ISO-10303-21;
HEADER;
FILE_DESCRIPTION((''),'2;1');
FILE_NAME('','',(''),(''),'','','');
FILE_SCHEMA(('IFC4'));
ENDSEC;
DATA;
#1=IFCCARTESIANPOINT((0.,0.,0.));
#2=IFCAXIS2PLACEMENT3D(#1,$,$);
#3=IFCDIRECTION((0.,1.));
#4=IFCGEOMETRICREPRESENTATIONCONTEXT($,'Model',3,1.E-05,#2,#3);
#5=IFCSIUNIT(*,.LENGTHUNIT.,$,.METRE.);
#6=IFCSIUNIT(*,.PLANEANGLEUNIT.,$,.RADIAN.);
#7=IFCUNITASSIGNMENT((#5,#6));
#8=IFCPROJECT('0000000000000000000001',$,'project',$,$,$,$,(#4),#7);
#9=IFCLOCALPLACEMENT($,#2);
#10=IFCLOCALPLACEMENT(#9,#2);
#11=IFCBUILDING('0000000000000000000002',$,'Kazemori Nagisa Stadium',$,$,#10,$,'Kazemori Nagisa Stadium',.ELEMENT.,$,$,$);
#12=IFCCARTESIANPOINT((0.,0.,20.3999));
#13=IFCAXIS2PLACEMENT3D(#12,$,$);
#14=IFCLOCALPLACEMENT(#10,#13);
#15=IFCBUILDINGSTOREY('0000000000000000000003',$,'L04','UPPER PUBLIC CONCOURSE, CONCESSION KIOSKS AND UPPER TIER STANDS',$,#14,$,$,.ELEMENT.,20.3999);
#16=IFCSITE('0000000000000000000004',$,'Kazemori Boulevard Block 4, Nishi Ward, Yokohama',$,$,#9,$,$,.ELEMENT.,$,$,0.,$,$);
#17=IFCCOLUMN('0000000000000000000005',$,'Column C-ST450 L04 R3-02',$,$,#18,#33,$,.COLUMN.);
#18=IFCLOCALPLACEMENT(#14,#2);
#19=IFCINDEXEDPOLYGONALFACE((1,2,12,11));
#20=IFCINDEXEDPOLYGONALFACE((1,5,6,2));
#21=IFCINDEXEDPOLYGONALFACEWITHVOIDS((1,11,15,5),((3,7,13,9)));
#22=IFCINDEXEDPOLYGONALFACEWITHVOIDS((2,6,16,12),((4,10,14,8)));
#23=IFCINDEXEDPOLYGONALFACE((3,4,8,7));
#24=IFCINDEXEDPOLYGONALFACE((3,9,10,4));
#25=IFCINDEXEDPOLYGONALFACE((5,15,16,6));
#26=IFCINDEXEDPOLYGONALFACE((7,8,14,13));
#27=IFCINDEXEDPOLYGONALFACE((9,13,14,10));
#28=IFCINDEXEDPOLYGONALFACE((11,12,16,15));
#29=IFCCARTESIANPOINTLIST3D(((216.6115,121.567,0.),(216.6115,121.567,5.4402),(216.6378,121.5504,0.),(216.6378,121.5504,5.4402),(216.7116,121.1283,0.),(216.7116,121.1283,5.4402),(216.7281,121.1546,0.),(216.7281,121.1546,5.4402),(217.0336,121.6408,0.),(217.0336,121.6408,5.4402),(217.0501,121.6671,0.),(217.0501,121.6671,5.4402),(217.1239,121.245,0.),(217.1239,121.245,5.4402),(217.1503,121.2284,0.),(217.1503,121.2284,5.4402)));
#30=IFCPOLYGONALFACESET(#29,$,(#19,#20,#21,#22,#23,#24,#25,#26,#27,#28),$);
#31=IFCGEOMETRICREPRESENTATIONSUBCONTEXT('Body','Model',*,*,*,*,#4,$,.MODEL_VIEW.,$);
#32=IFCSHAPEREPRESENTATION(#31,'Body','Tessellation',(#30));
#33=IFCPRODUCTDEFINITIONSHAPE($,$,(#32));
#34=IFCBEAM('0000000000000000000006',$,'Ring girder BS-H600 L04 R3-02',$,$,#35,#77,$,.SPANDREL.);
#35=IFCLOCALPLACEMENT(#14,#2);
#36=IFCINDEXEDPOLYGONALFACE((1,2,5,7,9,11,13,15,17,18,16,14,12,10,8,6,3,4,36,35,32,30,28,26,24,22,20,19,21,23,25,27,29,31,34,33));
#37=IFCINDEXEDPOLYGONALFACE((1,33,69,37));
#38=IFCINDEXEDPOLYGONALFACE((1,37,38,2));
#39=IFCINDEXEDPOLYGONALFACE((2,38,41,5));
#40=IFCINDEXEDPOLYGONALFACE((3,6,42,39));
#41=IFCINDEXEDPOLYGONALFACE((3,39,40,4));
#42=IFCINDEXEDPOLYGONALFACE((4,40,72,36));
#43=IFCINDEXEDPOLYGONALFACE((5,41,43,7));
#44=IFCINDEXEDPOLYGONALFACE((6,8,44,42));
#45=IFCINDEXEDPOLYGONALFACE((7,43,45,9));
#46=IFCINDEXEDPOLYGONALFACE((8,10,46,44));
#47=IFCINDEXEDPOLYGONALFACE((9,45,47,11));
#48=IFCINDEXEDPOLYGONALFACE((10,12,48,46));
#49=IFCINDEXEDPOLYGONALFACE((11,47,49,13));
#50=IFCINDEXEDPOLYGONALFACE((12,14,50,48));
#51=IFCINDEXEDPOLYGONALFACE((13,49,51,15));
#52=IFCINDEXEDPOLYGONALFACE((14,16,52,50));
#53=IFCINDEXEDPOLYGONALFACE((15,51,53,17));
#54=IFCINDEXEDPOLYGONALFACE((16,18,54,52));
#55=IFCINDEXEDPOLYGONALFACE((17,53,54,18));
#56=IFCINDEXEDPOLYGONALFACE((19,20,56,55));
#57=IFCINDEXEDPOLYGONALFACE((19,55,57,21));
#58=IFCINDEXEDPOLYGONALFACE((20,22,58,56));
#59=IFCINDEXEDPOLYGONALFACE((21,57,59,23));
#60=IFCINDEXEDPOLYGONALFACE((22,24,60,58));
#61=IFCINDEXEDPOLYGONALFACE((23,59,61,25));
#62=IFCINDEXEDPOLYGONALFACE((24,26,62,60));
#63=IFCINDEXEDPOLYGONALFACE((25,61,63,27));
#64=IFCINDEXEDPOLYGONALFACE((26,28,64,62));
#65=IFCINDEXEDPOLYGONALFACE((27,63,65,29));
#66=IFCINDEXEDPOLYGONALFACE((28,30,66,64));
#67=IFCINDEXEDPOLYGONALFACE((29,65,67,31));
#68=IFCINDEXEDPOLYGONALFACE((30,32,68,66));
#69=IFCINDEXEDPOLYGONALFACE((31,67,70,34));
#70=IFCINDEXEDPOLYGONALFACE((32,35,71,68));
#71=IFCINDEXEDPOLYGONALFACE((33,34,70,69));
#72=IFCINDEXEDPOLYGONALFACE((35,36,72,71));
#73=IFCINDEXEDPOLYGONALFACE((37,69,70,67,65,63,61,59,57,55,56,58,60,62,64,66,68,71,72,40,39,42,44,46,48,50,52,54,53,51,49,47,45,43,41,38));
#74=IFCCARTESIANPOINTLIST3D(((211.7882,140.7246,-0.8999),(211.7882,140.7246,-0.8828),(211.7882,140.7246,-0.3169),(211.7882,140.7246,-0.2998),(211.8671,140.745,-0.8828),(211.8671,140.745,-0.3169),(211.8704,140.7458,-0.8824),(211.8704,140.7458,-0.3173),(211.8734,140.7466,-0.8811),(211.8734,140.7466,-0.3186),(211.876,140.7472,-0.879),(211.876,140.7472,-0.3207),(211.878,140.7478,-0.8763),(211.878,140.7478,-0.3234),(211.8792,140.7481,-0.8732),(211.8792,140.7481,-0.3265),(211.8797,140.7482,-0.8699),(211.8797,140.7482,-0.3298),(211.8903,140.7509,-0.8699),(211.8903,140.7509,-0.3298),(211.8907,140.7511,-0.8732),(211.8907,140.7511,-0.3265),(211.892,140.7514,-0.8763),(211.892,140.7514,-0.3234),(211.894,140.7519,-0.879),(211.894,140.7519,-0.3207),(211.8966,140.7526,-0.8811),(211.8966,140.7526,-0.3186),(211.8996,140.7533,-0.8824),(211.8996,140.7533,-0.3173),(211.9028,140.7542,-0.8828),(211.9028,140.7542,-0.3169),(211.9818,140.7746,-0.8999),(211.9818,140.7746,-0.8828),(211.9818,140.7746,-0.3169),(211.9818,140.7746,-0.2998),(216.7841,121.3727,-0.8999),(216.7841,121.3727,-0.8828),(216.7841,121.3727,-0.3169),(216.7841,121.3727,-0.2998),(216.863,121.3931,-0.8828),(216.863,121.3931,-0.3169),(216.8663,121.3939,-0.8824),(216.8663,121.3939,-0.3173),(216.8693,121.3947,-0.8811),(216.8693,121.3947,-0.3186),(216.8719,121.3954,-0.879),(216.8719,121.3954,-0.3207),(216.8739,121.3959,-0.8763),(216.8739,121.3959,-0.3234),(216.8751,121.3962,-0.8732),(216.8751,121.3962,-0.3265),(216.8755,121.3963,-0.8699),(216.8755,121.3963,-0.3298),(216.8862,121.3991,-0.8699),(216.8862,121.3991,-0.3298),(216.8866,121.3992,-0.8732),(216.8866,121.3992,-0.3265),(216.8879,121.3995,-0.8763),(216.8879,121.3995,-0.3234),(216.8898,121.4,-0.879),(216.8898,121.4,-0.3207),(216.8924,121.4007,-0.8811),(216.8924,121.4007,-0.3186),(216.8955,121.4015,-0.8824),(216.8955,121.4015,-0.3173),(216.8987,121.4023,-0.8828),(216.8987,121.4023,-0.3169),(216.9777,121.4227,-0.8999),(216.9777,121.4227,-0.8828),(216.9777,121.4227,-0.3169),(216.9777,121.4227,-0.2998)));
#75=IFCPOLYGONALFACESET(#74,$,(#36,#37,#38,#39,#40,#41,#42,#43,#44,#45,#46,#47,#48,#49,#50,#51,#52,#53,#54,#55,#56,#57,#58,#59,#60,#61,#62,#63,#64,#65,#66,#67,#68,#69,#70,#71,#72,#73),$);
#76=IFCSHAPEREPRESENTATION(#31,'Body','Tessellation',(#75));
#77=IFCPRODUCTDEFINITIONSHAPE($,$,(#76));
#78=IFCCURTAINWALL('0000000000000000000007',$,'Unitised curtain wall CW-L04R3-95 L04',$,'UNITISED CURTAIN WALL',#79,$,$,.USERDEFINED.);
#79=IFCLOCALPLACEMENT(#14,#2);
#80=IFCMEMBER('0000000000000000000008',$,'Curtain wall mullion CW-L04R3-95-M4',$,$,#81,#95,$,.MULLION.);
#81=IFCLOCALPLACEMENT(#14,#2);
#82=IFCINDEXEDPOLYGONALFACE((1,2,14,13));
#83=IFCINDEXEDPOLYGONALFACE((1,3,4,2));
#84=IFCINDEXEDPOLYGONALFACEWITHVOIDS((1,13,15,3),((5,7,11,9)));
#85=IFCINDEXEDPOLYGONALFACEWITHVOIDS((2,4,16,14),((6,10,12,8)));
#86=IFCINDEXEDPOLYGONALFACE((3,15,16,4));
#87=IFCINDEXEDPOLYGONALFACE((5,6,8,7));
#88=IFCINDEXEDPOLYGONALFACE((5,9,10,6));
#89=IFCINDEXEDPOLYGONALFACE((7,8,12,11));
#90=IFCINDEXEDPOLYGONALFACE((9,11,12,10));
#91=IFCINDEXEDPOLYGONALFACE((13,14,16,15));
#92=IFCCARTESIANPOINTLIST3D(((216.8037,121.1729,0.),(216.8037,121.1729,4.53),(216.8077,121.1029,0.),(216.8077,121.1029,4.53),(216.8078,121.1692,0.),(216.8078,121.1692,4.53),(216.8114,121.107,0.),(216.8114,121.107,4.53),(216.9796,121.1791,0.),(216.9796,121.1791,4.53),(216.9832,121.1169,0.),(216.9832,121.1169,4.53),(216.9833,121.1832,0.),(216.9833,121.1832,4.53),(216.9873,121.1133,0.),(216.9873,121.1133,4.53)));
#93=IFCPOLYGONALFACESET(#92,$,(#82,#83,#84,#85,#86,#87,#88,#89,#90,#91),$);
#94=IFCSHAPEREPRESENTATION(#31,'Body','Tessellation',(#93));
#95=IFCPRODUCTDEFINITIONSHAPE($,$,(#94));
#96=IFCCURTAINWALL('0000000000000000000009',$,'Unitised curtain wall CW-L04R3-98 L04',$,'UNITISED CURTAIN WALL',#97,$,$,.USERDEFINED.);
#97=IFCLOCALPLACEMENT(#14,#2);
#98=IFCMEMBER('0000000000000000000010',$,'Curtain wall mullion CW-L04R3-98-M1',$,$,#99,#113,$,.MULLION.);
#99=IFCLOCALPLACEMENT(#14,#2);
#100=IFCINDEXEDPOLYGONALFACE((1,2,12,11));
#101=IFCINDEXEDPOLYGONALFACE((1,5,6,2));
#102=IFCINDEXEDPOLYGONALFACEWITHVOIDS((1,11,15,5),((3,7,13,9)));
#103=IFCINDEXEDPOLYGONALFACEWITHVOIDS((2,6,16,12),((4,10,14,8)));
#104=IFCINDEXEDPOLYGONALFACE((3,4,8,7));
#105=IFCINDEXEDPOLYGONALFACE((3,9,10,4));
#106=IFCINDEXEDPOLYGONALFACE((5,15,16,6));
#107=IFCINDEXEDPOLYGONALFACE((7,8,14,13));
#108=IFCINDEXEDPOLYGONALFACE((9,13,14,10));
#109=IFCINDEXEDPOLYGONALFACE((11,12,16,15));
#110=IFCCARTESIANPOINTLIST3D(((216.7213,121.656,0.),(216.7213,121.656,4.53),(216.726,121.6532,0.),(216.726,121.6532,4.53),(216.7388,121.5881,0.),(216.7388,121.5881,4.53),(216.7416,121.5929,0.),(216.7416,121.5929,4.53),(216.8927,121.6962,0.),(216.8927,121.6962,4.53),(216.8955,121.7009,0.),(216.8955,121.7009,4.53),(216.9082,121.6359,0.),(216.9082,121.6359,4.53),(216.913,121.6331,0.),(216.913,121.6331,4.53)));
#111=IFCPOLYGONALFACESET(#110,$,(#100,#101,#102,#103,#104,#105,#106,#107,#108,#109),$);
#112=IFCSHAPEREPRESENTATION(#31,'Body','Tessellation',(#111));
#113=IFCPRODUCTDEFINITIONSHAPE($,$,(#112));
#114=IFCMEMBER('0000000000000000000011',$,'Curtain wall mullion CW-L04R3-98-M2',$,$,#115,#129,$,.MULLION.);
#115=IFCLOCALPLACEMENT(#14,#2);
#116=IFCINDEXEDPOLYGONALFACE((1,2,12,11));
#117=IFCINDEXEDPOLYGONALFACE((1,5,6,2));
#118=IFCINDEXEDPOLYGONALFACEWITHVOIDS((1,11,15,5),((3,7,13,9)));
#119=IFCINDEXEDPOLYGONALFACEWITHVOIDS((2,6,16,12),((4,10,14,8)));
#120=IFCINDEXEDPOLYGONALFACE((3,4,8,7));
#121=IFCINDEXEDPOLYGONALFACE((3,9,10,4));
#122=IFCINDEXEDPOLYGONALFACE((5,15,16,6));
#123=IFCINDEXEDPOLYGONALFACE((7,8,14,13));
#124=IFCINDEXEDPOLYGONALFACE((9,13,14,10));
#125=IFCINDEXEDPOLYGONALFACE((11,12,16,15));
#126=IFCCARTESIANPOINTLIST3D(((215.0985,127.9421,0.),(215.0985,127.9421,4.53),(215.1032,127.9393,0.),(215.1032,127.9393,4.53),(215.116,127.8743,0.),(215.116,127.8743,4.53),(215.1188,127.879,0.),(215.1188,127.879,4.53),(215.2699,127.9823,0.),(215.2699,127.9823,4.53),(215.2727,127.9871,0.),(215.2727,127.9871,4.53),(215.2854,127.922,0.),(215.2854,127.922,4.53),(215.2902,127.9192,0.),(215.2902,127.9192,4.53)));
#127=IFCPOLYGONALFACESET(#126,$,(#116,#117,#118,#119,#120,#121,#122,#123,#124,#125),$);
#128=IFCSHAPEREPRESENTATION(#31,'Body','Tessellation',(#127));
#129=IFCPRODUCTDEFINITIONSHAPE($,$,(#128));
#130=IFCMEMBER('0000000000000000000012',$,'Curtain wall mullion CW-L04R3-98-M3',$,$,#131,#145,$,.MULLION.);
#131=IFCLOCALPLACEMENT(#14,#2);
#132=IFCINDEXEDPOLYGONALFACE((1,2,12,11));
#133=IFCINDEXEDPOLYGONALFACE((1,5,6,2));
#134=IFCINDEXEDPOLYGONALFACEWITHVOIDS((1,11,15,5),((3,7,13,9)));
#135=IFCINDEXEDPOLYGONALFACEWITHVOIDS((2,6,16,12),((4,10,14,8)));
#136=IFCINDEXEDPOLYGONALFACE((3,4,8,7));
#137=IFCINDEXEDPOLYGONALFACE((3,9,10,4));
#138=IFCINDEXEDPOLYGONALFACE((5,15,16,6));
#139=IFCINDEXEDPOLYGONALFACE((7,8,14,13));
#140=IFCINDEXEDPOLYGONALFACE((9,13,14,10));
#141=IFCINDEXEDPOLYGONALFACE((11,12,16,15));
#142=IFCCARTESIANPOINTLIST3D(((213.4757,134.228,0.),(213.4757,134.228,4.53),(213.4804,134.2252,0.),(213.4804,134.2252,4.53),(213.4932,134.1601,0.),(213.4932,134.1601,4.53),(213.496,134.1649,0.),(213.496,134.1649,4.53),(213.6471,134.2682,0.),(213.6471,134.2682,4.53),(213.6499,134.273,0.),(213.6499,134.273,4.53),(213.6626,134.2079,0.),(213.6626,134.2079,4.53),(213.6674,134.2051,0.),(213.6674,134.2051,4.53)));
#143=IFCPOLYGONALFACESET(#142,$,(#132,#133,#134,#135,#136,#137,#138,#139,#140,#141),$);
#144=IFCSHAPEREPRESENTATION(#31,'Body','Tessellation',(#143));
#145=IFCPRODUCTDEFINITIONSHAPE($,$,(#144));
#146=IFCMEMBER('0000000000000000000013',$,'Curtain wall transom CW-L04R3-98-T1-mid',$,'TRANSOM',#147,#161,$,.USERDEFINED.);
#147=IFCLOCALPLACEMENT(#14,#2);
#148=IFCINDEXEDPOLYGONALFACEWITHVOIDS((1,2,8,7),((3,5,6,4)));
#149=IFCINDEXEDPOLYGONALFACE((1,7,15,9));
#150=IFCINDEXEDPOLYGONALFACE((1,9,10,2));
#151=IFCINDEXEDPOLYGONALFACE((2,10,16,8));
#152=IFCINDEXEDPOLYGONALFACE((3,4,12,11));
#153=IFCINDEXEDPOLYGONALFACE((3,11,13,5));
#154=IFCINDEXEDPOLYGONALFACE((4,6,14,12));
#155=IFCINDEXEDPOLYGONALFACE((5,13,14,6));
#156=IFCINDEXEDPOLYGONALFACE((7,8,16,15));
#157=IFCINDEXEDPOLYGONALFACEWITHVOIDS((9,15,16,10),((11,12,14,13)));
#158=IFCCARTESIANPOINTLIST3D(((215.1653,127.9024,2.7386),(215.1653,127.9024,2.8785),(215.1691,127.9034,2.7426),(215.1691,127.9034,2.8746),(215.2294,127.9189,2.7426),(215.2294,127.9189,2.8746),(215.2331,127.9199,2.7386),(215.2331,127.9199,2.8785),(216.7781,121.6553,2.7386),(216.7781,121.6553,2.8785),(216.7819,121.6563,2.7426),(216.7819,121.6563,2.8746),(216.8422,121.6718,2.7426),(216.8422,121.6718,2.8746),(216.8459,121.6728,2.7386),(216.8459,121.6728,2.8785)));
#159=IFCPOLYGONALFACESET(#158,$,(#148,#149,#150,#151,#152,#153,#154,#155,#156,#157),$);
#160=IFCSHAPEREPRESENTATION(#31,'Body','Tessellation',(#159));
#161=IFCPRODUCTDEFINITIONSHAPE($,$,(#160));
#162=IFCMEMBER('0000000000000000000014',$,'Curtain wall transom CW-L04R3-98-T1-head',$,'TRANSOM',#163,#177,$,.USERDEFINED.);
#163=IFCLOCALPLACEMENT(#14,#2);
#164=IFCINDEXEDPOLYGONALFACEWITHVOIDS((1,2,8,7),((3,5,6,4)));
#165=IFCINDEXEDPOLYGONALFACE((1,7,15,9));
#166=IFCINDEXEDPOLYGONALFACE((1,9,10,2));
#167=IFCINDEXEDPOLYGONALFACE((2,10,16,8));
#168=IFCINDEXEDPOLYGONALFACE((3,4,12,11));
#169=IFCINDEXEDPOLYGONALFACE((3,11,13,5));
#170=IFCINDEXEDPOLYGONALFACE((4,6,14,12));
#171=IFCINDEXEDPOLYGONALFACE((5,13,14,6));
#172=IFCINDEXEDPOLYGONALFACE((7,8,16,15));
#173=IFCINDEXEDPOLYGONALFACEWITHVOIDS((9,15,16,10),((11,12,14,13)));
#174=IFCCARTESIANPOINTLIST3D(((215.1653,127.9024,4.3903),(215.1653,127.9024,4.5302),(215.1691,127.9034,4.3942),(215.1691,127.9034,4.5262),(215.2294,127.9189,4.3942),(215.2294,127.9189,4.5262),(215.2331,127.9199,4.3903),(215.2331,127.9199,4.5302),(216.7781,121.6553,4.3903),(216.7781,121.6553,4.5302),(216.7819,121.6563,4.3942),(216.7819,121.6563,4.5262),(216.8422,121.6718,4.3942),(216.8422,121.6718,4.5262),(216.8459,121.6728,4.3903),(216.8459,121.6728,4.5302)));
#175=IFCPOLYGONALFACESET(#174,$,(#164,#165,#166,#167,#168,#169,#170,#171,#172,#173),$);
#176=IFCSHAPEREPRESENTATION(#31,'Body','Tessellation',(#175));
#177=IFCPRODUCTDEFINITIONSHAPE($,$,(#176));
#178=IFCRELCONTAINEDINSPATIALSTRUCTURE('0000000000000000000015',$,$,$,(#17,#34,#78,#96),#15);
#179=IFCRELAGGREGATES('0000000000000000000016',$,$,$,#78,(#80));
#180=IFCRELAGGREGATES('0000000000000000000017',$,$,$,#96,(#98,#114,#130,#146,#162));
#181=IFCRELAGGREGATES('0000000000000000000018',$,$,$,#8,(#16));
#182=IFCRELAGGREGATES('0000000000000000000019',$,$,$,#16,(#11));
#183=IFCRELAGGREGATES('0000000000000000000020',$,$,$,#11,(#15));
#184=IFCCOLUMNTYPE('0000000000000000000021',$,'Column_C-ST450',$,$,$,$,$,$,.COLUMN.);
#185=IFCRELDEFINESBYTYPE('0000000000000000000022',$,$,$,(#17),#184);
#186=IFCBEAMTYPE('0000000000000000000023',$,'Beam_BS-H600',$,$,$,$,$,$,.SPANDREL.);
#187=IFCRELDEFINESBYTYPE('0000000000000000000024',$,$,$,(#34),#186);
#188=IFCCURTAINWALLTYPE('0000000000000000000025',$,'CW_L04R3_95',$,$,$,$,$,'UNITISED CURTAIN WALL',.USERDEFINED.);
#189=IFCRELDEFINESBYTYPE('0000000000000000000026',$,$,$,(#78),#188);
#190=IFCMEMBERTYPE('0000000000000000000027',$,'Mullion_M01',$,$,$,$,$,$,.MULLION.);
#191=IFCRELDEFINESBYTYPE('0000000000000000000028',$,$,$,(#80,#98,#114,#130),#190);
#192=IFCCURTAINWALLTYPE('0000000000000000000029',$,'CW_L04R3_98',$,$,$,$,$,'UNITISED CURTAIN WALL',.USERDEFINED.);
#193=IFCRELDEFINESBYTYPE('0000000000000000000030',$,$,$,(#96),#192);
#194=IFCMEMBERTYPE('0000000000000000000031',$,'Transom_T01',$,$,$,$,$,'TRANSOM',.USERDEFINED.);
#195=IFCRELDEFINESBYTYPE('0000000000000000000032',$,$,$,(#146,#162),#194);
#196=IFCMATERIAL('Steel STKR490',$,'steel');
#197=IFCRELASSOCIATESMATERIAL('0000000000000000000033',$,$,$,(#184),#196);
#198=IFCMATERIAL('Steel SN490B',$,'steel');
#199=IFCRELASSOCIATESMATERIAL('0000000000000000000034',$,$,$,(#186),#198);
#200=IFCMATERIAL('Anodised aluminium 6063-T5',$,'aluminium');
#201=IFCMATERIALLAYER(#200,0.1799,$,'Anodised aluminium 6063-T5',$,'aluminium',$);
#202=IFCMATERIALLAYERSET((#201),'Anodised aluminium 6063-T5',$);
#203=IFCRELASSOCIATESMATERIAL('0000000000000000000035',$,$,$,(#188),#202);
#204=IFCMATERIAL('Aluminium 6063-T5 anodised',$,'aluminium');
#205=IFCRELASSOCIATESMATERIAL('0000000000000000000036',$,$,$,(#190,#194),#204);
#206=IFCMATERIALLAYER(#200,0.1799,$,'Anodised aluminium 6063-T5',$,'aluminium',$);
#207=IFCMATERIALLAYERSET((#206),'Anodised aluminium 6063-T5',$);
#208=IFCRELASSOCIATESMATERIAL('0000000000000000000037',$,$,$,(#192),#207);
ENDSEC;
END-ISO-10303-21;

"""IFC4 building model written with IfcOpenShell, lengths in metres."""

from ifc_helpers import new_model, si_unit, direction, frame, origin, origin_2d, place, context, subcontext, project, spatial, hollow_rectangle, i_section, extrude, material, layer, layer_set, material_profile, profile_set, type_object, element, aggregate, save


model = new_model("IFC4")

# Units and contexts
model_context = context("Model", 3, precision=1e-05, world=origin(), true_north=direction((0.0, 1.0)))
body_context = subcontext(model_context, "Body", "Model", "MODEL_VIEW")
ifc_project = project(units=[si_unit("LENGTHUNIT", "METRE"), si_unit("PLANEANGLEUNIT", "RADIAN")], contexts=[model_context])

# Site, building, storey
site_placement = place(None, origin())
site = spatial("IfcSite", under=ifc_project, at=site_placement, Name="Kazemori Boulevard Block 4, Nishi Ward, Yokohama", CompositionType="ELEMENT", RefElevation=0.0)
building_placement = place(site_placement, origin())
building = spatial("IfcBuilding", under=site, at=building_placement, Name="Kazemori Nagisa Stadium", LongName="Kazemori Nagisa Stadium", CompositionType="ELEMENT")
storey_placement = place(building_placement, frame((0.0, 0.0, 20.3999)))
storey = spatial("IfcBuildingStorey", under=building, at=storey_placement, Name="L04", Description="UPPER PUBLIC CONCOURSE, CONCESSION KIOSKS AND UPPER TIER STANDS", CompositionType="ELEMENT", Elevation=20.3999)

# Column
ifc_material_1 = material(Name="Steel STKR490", Category="steel")
ifc_material_profile_1 = material_profile(ifc_material_1, hollow_rectangle(XDim=0.45, YDim=0.45, WallThickness=0.022, at=origin_2d()), Name="SHS-450x450x22")
ifc_profile_set_1 = profile_set([ifc_material_profile_1], Name="Steel STKR490")
column_type = type_object("IfcColumnType", Name="Column_C-ST450", PredefinedType="COLUMN", material=ifc_profile_set_1)
column_placement = place(storey_placement, frame((216.8809, 121.3977, 0.0), z_axis=(0.0, 0.0, 1.0), x_axis=(0.974928, 0.222521, 0.0)))
element("IfcColumn", 1, at=column_placement, inside=storey, type_object=column_type, Name="Column C-ST450 L04 R3-02", PredefinedType="COLUMN", context=body_context, shape_type="SweptSolid", body=[
    extrude(hollow_rectangle(XDim=0.45, YDim=0.45, WallThickness=0.022, at=origin_2d()), origin(), (0.0, 0.0, 1.0), 5.4402),
])

# Beam
ifc_material_2 = material(Name="Steel SN490B", Category="steel")
ifc_material_profile_2 = material_profile(ifc_material_2, i_section(OverallWidth=0.2, OverallDepth=0.6001, WebThickness=0.011, FlangeThickness=0.0171, FilletRadius=0.0129, at=origin_2d()), Name="H-600x200x11x17")
ifc_profile_set_2 = profile_set([ifc_material_profile_2], Name="Steel SN490B")
beam_type = type_object("IfcBeamType", Name="Beam_BS-H600", PredefinedType="SPANDREL", material=ifc_profile_set_2)
beam_placement = place(storey_placement, frame((216.8809, 121.3977, -0.5999), z_axis=(-0.249964, 0.968255, 0.0), x_axis=(-0.968255, -0.249964, 0.0)))
element("IfcBeam", 2, at=beam_placement, inside=storey, type_object=beam_type, Name="Ring girder BS-H600 L04 R3-02", PredefinedType="SPANDREL", context=body_context, shape_type="SweptSolid", body=[
    extrude(i_section(OverallWidth=0.2, OverallDepth=0.6001, WebThickness=0.011, FlangeThickness=0.0171, FilletRadius=0.0129, at=origin_2d()), origin(), (0.0, 0.0, 1.0), 19.9863),
])

# Curtain wall, member
ifc_material_3 = material(Name="Anodised aluminium 6063-T5", Category="aluminium")
ifc_layer_1 = layer(ifc_material_3, 0.1799, Name="Anodised aluminium 6063-T5", Category="aluminium")
ifc_layer_set_1 = layer_set([ifc_layer_1], Name="Anodised aluminium 6063-T5")
curtain_wall_type_1 = type_object("IfcCurtainWallType", Name="CW_L04R3_95", ElementType="UNITISED CURTAIN WALL", PredefinedType="USERDEFINED", material=ifc_layer_set_1)
curtain_wall_1_placement = place(storey_placement, origin())
curtain_wall_1 = element("IfcCurtainWall", 3, at=curtain_wall_1_placement, inside=storey, type_object=curtain_wall_type_1, Name="Unitised curtain wall CW-L04R3-95 L04", ObjectType="UNITISED CURTAIN WALL", PredefinedType="USERDEFINED")
ifc_material_4 = material(Name="Aluminium 6063-T5 anodised", Category="aluminium")
ifc_material_profile_3 = material_profile(ifc_material_4, hollow_rectangle(XDim=0.0701, YDim=0.1799, WallThickness=0.0039, at=origin_2d()), Name="ALU-MULL-70x180x4")
ifc_profile_set_3 = profile_set([ifc_material_profile_3], Name="Aluminium 6063-T5 anodised")
member_type_1 = type_object("IfcMemberType", Name="Mullion_M01", PredefinedType="MULLION", material=ifc_profile_set_3)
member_1_placement = place(storey_placement, frame((216.8955, 121.1431, 0.0), z_axis=(0.0, 0.0, 1.0), x_axis=(-0.057602, 0.99834, 0.0)))
member_1 = element("IfcMember", 4, at=member_1_placement, type_object=member_type_1, Name="Curtain wall mullion CW-L04R3-95-M4", PredefinedType="MULLION", context=body_context, shape_type="SweptSolid", body=[
    extrude(hollow_rectangle(XDim=0.0701, YDim=0.1799, WallThickness=0.0039, at=origin_2d()), origin(), (0.0, 0.0, 1.0), 4.53),
])
aggregate(curtain_wall_1, [member_1])

# Curtain wall, members
ifc_layer_2 = layer(ifc_material_3, 0.1799, Name="Anodised aluminium 6063-T5", Category="aluminium")
ifc_layer_set_2 = layer_set([ifc_layer_2], Name="Anodised aluminium 6063-T5")
curtain_wall_type_2 = type_object("IfcCurtainWallType", Name="CW_L04R3_98", ElementType="UNITISED CURTAIN WALL", PredefinedType="USERDEFINED", material=ifc_layer_set_2)
curtain_wall_2_placement = place(storey_placement, origin())
curtain_wall_2 = element("IfcCurtainWall", 5, at=curtain_wall_2_placement, inside=storey, type_object=curtain_wall_type_2, Name="Unitised curtain wall CW-L04R3-98 L04", ObjectType="UNITISED CURTAIN WALL", PredefinedType="USERDEFINED")
member_2_placement = place(storey_placement, frame((216.8171, 121.6445, 0.0), z_axis=(0.0, 0.0, 1.0), x_axis=(-0.249965, 0.968255, 0.0)))
member_2 = element("IfcMember", 6, at=member_2_placement, type_object=member_type_1, Name="Curtain wall mullion CW-L04R3-98-M1", PredefinedType="MULLION", context=body_context, shape_type="SweptSolid", body=[
    extrude(hollow_rectangle(XDim=0.0701, YDim=0.1799, WallThickness=0.0039, at=origin_2d()), origin(), (0.0, 0.0, 1.0), 4.53),
])
member_3_placement = place(storey_placement, frame((215.1943, 127.9307, 0.0), z_axis=(0.0, 0.0, 1.0), x_axis=(-0.249965, 0.968255, 0.0)))
member_3 = element("IfcMember", 7, at=member_3_placement, type_object=member_type_1, Name="Curtain wall mullion CW-L04R3-98-M2", PredefinedType="MULLION", context=body_context, shape_type="SweptSolid", body=[
    extrude(hollow_rectangle(XDim=0.0701, YDim=0.1799, WallThickness=0.0039, at=origin_2d()), origin(), (0.0, 0.0, 1.0), 4.53),
])
member_4_placement = place(storey_placement, frame((213.5715, 134.2166, 0.0), z_axis=(0.0, 0.0, 1.0), x_axis=(-0.249965, 0.968255, 0.0)))
member_4 = element("IfcMember", 8, at=member_4_placement, type_object=member_type_1, Name="Curtain wall mullion CW-L04R3-98-M3", PredefinedType="MULLION", context=body_context, shape_type="SweptSolid", body=[
    extrude(hollow_rectangle(XDim=0.0701, YDim=0.1799, WallThickness=0.0039, at=origin_2d()), origin(), (0.0, 0.0, 1.0), 4.53),
])
ifc_material_profile_4 = material_profile(ifc_material_4, hollow_rectangle(XDim=0.0701, YDim=0.1399, WallThickness=0.0039, at=origin_2d()), Name="ALU-TRAN-70x140x4")
ifc_profile_set_4 = profile_set([ifc_material_profile_4], Name="Aluminium 6063-T5 anodised")
member_type_2 = type_object("IfcMemberType", Name="Transom_T01", ElementType="TRANSOM", PredefinedType="USERDEFINED", material=ifc_profile_set_4)
member_5_placement = place(storey_placement, frame((216.812, 121.6641, 2.8086), z_axis=(-0.249972, 0.968253, 0.0), x_axis=(-0.968253, -0.249972, 0.0)))
member_5 = element("IfcMember", 9, at=member_5_placement, type_object=member_type_2, Name="Curtain wall transom CW-L04R3-98-T1-mid", ObjectType="TRANSOM", PredefinedType="USERDEFINED", context=body_context, shape_type="SweptSolid", body=[
    extrude(hollow_rectangle(XDim=0.0701, YDim=0.1399, WallThickness=0.0039, at=origin_2d()), origin(), (0.0, 0.0, 1.0), 6.4519),
])
member_6_placement = place(storey_placement, frame((216.812, 121.6641, 4.4602), z_axis=(-0.249972, 0.968253, 0.0), x_axis=(-0.968253, -0.249972, 0.0)))
member_6 = element("IfcMember", 10, at=member_6_placement, type_object=member_type_2, Name="Curtain wall transom CW-L04R3-98-T1-head", ObjectType="TRANSOM", PredefinedType="USERDEFINED", context=body_context, shape_type="SweptSolid", body=[
    extrude(hollow_rectangle(XDim=0.0701, YDim=0.1399, WallThickness=0.0039, at=origin_2d()), origin(), (0.0, 0.0, 1.0), 6.4519),
])
aggregate(curtain_wall_2, [member_2, member_3, member_4, member_5, member_6])

save(model, "model.ifc")
